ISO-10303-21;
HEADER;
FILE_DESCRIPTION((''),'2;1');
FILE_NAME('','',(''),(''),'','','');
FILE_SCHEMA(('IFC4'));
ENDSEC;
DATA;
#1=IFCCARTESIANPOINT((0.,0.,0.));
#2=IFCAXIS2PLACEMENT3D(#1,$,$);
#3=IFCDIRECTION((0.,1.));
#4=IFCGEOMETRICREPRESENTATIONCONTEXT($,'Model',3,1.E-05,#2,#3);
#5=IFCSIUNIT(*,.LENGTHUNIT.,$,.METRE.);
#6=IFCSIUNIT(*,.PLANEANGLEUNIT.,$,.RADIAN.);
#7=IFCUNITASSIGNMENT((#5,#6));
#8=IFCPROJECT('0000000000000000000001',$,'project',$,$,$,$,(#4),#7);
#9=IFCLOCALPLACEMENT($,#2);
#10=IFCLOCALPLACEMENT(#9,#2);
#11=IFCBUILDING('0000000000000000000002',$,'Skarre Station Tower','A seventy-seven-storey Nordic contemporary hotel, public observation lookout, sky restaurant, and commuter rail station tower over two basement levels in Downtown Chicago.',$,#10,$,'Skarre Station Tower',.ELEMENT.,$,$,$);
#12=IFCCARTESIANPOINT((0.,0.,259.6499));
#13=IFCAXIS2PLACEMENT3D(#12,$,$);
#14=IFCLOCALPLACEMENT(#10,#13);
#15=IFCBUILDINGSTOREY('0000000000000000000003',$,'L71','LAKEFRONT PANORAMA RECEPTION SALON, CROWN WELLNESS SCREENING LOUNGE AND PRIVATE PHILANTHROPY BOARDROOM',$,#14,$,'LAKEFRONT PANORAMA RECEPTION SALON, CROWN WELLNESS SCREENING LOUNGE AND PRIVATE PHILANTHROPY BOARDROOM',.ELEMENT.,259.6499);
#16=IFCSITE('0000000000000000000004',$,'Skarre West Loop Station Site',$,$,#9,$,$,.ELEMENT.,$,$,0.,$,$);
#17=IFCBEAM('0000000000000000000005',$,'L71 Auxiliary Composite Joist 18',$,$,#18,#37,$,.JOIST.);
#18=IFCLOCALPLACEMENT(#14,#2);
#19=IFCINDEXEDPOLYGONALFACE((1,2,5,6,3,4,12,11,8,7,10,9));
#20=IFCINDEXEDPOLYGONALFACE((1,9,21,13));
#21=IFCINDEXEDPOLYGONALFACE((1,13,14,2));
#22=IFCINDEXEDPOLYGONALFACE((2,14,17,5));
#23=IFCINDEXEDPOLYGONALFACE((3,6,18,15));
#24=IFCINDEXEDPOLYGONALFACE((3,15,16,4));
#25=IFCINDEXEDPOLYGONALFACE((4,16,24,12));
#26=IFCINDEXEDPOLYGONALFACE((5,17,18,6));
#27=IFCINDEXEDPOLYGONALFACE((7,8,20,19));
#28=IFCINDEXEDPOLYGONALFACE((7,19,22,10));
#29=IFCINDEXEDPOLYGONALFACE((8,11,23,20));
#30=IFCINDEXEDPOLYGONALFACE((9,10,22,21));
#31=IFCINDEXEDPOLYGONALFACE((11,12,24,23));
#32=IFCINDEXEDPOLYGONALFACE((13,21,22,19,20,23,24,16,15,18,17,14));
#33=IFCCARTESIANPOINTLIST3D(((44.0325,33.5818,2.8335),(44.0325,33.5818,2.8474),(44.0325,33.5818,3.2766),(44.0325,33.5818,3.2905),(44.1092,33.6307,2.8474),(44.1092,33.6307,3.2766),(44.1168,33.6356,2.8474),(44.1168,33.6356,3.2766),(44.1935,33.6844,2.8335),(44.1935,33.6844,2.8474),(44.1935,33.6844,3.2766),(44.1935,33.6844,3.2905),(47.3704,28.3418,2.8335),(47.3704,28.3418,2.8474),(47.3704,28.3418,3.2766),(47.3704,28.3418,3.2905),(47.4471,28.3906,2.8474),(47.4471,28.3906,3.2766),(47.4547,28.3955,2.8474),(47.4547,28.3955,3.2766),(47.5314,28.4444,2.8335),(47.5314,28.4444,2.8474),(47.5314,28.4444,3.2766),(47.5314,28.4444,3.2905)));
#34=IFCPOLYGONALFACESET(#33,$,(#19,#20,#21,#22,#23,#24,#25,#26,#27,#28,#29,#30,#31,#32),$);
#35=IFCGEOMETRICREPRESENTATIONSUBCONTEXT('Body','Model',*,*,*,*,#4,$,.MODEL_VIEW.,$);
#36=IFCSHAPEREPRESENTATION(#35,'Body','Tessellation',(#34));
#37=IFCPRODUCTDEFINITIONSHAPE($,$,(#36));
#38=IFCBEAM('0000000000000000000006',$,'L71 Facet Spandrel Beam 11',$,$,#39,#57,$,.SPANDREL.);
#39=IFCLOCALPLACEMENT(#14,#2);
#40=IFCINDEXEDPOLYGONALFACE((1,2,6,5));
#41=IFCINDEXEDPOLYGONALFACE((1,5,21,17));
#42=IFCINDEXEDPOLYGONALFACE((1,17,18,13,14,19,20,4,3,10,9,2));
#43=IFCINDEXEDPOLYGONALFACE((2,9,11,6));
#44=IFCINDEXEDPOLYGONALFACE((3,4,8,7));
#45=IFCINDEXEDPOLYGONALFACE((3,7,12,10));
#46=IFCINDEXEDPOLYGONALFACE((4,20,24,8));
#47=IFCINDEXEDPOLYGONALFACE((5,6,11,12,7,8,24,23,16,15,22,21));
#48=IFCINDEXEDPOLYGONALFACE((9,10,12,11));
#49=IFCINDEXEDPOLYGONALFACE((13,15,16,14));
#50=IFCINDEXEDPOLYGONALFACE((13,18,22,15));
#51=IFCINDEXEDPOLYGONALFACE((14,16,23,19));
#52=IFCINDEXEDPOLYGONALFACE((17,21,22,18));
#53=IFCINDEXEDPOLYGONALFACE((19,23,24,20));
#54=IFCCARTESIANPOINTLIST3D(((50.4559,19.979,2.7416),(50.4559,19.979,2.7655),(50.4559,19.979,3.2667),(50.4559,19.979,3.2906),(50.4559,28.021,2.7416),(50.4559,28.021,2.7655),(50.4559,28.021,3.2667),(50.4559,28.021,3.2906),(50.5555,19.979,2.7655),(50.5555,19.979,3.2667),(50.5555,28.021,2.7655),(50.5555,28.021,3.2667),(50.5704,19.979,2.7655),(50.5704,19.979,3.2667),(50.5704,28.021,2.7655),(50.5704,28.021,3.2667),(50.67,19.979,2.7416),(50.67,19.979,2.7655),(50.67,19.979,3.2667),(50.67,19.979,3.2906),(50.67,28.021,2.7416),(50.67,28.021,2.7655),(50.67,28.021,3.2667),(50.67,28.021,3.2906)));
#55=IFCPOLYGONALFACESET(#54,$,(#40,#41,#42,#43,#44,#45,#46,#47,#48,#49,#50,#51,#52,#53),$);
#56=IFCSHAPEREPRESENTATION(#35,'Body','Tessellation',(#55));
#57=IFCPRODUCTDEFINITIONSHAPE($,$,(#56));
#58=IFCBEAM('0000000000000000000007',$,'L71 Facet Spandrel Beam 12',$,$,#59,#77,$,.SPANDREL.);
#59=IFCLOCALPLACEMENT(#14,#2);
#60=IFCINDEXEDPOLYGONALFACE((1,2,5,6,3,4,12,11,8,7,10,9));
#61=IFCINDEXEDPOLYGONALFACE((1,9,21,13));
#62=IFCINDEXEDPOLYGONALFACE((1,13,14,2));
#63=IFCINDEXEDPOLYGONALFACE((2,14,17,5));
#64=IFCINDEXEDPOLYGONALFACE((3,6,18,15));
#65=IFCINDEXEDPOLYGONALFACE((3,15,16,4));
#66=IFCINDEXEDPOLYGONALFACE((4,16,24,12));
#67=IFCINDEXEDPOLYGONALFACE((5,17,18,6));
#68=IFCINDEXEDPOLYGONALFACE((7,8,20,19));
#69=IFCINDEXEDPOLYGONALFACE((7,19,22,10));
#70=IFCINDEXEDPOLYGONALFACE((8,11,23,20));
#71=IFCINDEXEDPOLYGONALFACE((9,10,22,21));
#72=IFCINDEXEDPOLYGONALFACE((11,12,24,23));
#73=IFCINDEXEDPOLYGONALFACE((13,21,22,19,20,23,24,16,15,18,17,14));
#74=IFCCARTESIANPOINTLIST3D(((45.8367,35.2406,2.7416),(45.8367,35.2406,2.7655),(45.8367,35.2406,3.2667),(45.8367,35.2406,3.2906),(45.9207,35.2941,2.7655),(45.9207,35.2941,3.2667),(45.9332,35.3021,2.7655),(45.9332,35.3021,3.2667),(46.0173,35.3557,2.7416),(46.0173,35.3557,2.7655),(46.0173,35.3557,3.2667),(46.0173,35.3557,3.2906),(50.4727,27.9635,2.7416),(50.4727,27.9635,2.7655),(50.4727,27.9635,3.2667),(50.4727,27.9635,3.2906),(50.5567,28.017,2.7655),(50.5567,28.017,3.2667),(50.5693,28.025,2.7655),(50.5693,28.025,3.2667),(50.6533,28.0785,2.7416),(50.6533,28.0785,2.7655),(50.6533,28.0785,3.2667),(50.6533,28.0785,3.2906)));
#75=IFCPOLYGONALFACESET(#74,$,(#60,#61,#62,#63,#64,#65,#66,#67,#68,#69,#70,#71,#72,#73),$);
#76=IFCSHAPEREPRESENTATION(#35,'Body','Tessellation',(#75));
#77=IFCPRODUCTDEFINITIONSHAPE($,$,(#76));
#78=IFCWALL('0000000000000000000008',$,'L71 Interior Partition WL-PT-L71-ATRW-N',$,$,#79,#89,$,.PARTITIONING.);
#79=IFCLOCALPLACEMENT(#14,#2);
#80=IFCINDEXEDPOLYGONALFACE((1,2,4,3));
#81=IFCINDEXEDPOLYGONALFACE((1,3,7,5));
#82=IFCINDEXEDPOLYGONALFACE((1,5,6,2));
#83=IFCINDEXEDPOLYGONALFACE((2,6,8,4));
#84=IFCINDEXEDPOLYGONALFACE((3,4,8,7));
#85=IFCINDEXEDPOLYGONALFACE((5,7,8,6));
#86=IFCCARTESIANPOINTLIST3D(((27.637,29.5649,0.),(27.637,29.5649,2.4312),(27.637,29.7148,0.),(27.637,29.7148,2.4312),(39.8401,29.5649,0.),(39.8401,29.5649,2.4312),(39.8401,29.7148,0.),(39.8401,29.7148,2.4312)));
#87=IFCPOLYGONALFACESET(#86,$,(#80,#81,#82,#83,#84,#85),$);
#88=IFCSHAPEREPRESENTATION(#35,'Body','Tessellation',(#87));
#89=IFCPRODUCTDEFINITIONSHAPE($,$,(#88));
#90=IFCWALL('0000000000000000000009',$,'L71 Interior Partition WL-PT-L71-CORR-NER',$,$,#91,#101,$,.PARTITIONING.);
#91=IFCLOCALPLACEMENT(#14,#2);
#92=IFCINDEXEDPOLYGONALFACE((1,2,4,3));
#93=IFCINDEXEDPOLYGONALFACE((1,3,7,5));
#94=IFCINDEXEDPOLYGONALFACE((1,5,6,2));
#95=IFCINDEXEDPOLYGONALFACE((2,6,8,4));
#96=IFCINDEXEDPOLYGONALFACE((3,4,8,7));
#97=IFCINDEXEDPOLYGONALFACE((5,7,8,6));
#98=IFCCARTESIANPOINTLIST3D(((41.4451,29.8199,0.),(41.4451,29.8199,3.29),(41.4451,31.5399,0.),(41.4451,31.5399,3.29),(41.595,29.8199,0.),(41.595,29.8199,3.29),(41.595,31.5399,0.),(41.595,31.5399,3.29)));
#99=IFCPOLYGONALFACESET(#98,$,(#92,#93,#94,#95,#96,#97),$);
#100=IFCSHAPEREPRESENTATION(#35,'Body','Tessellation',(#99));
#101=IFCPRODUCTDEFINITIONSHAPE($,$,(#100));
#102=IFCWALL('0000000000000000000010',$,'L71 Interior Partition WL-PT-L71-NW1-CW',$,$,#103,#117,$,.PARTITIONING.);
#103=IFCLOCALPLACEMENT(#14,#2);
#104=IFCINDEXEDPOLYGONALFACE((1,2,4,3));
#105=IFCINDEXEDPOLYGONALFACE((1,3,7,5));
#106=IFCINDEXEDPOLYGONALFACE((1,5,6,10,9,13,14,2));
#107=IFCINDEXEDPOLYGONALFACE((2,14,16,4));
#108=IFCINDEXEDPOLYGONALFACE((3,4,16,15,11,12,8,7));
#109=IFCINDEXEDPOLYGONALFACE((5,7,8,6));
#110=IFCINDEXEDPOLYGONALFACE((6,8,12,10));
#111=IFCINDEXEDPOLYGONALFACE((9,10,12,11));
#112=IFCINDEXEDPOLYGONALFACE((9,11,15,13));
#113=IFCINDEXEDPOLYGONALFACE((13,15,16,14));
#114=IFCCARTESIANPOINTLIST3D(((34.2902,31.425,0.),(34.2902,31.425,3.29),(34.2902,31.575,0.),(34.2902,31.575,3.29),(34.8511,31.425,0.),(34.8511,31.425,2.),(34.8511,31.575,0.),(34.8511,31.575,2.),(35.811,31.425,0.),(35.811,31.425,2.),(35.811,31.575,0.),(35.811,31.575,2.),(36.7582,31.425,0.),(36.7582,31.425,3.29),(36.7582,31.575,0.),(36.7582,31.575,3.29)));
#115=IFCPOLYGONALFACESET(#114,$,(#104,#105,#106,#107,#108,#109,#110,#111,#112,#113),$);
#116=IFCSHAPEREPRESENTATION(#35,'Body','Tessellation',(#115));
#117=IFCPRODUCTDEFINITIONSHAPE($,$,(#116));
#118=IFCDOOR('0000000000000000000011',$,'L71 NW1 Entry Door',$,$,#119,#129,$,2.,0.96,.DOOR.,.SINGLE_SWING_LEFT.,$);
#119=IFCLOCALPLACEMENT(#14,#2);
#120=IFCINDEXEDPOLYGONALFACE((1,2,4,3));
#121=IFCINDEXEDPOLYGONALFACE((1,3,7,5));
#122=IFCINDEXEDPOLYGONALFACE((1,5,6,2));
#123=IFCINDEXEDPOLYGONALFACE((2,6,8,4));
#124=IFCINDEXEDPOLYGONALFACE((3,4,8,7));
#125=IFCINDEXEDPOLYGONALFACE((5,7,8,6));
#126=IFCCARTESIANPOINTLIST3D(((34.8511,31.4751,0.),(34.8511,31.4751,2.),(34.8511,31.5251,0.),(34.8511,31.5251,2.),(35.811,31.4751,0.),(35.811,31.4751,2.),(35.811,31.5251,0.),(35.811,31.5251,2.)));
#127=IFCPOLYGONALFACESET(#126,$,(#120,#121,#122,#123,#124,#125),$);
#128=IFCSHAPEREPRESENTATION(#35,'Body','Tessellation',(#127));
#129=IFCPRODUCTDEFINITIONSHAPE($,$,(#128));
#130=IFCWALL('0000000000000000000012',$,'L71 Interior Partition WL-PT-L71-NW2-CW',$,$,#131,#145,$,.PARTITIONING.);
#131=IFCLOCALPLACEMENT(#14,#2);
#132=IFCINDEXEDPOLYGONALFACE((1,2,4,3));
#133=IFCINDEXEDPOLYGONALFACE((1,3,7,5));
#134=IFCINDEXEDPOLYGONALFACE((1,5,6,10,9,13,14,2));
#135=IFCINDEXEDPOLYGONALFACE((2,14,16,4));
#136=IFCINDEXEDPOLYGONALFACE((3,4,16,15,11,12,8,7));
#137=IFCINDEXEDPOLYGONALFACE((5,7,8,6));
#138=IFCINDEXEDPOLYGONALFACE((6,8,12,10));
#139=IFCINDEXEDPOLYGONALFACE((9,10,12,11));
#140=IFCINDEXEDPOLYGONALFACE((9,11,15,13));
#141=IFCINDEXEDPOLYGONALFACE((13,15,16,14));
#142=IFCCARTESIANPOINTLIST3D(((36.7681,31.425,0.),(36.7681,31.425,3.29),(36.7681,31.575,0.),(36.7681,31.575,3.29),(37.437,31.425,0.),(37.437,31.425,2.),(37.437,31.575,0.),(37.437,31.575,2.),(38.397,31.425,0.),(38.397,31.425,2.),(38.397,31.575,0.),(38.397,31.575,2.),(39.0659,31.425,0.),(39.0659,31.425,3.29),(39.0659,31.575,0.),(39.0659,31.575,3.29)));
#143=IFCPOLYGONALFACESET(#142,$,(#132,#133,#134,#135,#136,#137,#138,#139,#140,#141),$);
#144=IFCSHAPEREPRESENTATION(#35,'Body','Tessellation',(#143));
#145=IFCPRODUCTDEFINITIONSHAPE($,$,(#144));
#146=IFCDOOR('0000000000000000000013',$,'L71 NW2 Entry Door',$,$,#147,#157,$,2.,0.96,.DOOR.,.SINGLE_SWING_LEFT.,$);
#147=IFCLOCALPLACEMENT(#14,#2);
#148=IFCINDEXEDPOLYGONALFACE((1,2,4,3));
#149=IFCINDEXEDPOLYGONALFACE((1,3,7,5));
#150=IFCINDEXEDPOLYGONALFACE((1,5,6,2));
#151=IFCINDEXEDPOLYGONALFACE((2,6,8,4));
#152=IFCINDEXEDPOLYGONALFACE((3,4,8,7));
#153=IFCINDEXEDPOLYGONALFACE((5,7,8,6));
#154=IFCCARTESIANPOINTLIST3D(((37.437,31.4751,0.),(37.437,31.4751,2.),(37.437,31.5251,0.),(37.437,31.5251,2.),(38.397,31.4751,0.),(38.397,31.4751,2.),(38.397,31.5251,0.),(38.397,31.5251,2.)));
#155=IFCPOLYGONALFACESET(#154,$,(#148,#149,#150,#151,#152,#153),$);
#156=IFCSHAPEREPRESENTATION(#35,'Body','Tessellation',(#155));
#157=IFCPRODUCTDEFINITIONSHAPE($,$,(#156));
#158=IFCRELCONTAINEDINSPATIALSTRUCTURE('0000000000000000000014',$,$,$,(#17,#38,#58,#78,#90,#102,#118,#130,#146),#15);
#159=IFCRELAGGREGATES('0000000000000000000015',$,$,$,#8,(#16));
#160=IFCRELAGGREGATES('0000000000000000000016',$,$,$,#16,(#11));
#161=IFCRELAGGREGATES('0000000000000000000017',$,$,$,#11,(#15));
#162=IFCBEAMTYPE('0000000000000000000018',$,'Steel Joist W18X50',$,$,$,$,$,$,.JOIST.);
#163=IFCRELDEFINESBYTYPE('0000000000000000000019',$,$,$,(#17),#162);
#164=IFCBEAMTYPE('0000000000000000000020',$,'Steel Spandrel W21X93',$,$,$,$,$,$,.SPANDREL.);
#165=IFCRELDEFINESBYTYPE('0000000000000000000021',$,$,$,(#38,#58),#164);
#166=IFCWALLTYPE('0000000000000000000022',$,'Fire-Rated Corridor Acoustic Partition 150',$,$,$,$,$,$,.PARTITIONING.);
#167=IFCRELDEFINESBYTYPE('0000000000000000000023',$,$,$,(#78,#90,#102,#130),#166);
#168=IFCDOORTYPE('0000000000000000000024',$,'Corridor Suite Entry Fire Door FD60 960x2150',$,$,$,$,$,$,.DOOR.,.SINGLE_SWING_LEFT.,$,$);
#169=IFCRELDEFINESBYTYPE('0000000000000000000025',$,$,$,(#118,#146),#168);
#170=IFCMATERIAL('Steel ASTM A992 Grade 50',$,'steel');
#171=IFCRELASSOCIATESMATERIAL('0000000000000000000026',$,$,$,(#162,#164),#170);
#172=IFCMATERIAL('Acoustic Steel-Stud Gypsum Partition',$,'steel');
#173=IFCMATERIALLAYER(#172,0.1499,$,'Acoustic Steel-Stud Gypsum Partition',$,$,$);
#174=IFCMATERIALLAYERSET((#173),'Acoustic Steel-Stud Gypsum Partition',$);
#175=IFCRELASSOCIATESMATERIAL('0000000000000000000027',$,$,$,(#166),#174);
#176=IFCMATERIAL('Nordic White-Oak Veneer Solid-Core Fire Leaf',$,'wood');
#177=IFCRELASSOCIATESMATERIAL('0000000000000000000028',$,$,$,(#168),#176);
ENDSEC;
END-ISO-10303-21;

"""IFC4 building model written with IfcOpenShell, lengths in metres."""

from ifc_helpers import new_model, si_unit, direction, frame, frame_2d, origin, origin_2d, place, context, subcontext, project, spatial, rectangle, i_section, extrude, material, layer, layer_set, material_profile, profile_set, type_object, element, fill, save


model = new_model("IFC4")

# Units and contexts
model_context = context("Model", 3, precision=1e-05, world=origin(), true_north=direction((0.0, 1.0)))
body_context = subcontext(model_context, "Body", "Model", "MODEL_VIEW")
ifc_project = project(units=[si_unit("LENGTHUNIT", "METRE"), si_unit("PLANEANGLEUNIT", "RADIAN")], contexts=[model_context])

# Site, building, storey
site_placement = place(None, origin())
site = spatial("IfcSite", under=ifc_project, at=site_placement, Name="Skarre West Loop Station Site", CompositionType="ELEMENT", RefElevation=0.0)
building_placement = place(site_placement, origin())
building = spatial("IfcBuilding", under=site, at=building_placement, Name="Skarre Station Tower", Description="A seventy-seven-storey Nordic contemporary hotel, public observation lookout, sky restaurant, and commuter rail station tower over two basement levels in Downtown Chicago.", LongName="Skarre Station Tower", CompositionType="ELEMENT")
storey_placement = place(building_placement, frame((0.0, 0.0, 259.6499)))
storey = spatial("IfcBuildingStorey", under=building, at=storey_placement, Name="L71", Description="LAKEFRONT PANORAMA RECEPTION SALON, CROWN WELLNESS SCREENING LOUNGE AND PRIVATE PHILANTHROPY BOARDROOM", LongName="LAKEFRONT PANORAMA RECEPTION SALON, CROWN WELLNESS SCREENING LOUNGE AND PRIVATE PHILANTHROPY BOARDROOM", CompositionType="ELEMENT", Elevation=259.6499)

# Beams
ifc_material_1 = material(Name="Steel ASTM A992 Grade 50", Category="steel")
ifc_material_profile_1 = material_profile(ifc_material_1, i_section(OverallWidth=0.1909, OverallDepth=0.457, WebThickness=0.009, FlangeThickness=0.0139, at=origin_2d()), Name="Steel ASTM A992 Grade 50")
ifc_profile_set_1 = profile_set([ifc_material_profile_1], Name="Steel ASTM A992 Grade 50")
beam_type_1 = type_object("IfcBeamType", Name="Steel Joist W18X50", PredefinedType="JOIST", material=ifc_profile_set_1)
beam_1_placement = place(storey_placement, frame((47.4509, 28.3931, 3.062), z_axis=(-0.537259, 0.843417, 0.0), x_axis=(-0.843417, -0.537259, 0.0)))
element("IfcBeam", 1, at=beam_1_placement, inside=storey, type_object=beam_type_1, Name="L71 Auxiliary Composite Joist 18", PredefinedType="JOIST", context=body_context, shape_type="SweptSolid", body=[
    extrude(i_section(OverallWidth=0.1909, OverallDepth=0.457, WebThickness=0.009, FlangeThickness=0.0139, at=origin_2d()), origin(), (0.0, 0.0, 1.0), 6.2129),
])
ifc_material_profile_2 = material_profile(ifc_material_1, i_section(OverallWidth=0.2141, OverallDepth=0.5491, WebThickness=0.0149, FlangeThickness=0.0239, at=origin_2d()), Name="Steel ASTM A992 Grade 50")
ifc_profile_set_2 = profile_set([ifc_material_profile_2], Name="Steel ASTM A992 Grade 50")
beam_type_2 = type_object("IfcBeamType", Name="Steel Spandrel W21X93", PredefinedType="SPANDREL", material=ifc_profile_set_2)
beam_2_placement = place(storey_placement, frame((50.563, 19.979, 3.0161), z_axis=(0.0, 1.0, 0.0), x_axis=(-1.0, 0.0, 0.0)))
element("IfcBeam", 2, at=beam_2_placement, inside=storey, type_object=beam_type_2, Name="L71 Facet Spandrel Beam 11", PredefinedType="SPANDREL", context=body_context, shape_type="SweptSolid", body=[
    extrude(i_section(OverallWidth=0.2141, OverallDepth=0.5491, WebThickness=0.0149, FlangeThickness=0.0239, at=origin_2d()), origin(), (0.0, 0.0, 1.0), 8.042),
])
beam_3_placement = place(storey_placement, frame((50.563, 28.021, 3.0161), z_axis=(-0.537297, 0.843393, 0.0), x_axis=(-0.843393, -0.537297, 0.0)))
element("IfcBeam", 3, at=beam_3_placement, inside=storey, type_object=beam_type_2, Name="L71 Facet Spandrel Beam 12", PredefinedType="SPANDREL", context=body_context, shape_type="SweptSolid", body=[
    extrude(i_section(OverallWidth=0.2141, OverallDepth=0.5491, WebThickness=0.0149, FlangeThickness=0.0239, at=origin_2d()), origin(), (0.0, 0.0, 1.0), 8.6284),
])

# Walls
ifc_material_2 = material(Name="Acoustic Steel-Stud Gypsum Partition", Category="steel")
ifc_layer_1 = layer(ifc_material_2, 0.1499, Name="Acoustic Steel-Stud Gypsum Partition")
ifc_layer_set_1 = layer_set([ifc_layer_1], Name="Acoustic Steel-Stud Gypsum Partition")
wall_type_1 = type_object("IfcWallType", Name="Fire-Rated Corridor Acoustic Partition 150", PredefinedType="PARTITIONING", material=ifc_layer_set_1)
wall_1_placement = place(storey_placement, frame((39.8401, 29.6399, 0.0), z_axis=(0.0, 0.0, 1.0), x_axis=(-1.0, 0.0, 0.0)))
element("IfcWall", 4, at=wall_1_placement, inside=storey, type_object=wall_type_1, Name="L71 Interior Partition WL-PT-L71-ATRW-N", PredefinedType="PARTITIONING", context=body_context, shape_type="SweptSolid", body=[
    extrude(rectangle(XDim=12.2031, YDim=0.1499, at=frame_2d((6.1016, 0.0))), origin(), (0.0, 0.0, 1.0), 2.4312),
])
wall_2_placement = place(storey_placement, frame((41.52, 29.8201, 0.0), z_axis=(0.0, 0.0, 1.0), x_axis=(0.0, 1.0, 0.0)))
element("IfcWall", 5, at=wall_2_placement, inside=storey, type_object=wall_type_1, Name="L71 Interior Partition WL-PT-L71-CORR-NER", PredefinedType="PARTITIONING", context=body_context, shape_type="SweptSolid", body=[
    extrude(rectangle(XDim=1.72, YDim=0.1499, at=frame_2d((0.8599, 0.0))), origin(), (0.0, 0.0, 1.0), 3.29),
])

# Walls, openings, doors
wall_3_placement = place(storey_placement, frame((36.7581, 31.5, 0.0), z_axis=(0.0, 0.0, 1.0), x_axis=(-1.0, 0.0, 0.0)))
wall_3 = element("IfcWall", 6, at=wall_3_placement, inside=storey, type_object=wall_type_1, Name="L71 Interior Partition WL-PT-L71-NW1-CW", PredefinedType="PARTITIONING", context=body_context, shape_type="SweptSolid", body=[
    extrude(rectangle(XDim=2.468, YDim=0.1499, at=frame_2d((1.2339, 0.0))), origin(), (0.0, 0.0, 1.0), 3.29),
])
opening_1_placement = place(wall_3_placement, frame((0.947, 0.0, 0.0)))
opening_1 = element("IfcOpeningElement", 7, at=opening_1_placement, cuts=wall_3, PredefinedType="OPENING", context=body_context, shape_type="SweptSolid", body=[
    extrude(rectangle(XDim=0.96, YDim=2.0, at=frame_2d((0.48, 1.0))), frame((0.0, 0.085, 0.0), z_axis=(0.0, -1.0, 0.0), x_axis=(1.0, 0.0, 0.0)), (0.0, 0.0, 1.0), 0.1699),
])
ifc_material_3 = material(Name="Nordic White-Oak Veneer Solid-Core Fire Leaf", Category="wood")
door_type_1 = type_object("IfcDoorType", Name="Corridor Suite Entry Fire Door FD60 960x2150", OperationType="SINGLE_SWING_LEFT", PredefinedType="DOOR", material=ifc_material_3)
door_1_placement = place(opening_1_placement, origin())
door_1 = element("IfcDoor", 8, at=door_1_placement, inside=storey, type_object=door_type_1, Name="L71 NW1 Entry Door", OperationType="SINGLE_SWING_LEFT", OverallHeight=2.0, OverallWidth=0.96, PredefinedType="DOOR", context=body_context, shape_type="SweptSolid", body=[
    extrude(rectangle(XDim=0.96, YDim=2.0, at=frame_2d((0.48, 1.0))), frame((0.0, 0.0249, 0.0), z_axis=(0.0, -1.0, 0.0), x_axis=(1.0, 0.0, 0.0)), (0.0, 0.0, 1.0), 0.05),
])
fill(opening_1, door_1)
wall_4_placement = place(storey_placement, frame((39.0659, 31.5, 0.0), z_axis=(0.0, 0.0, 1.0), x_axis=(-1.0, 0.0, 0.0)))
wall_4 = element("IfcWall", 9, at=wall_4_placement, inside=storey, type_object=wall_type_1, Name="L71 Interior Partition WL-PT-L71-NW2-CW", PredefinedType="PARTITIONING", context=body_context, shape_type="SweptSolid", body=[
    extrude(rectangle(XDim=2.2979, YDim=0.1499, at=frame_2d((1.1489, 0.0))), origin(), (0.0, 0.0, 1.0), 3.29),
])
opening_2_placement = place(wall_4_placement, frame((0.6689, 0.0, 0.0)))
opening_2 = element("IfcOpeningElement", 10, at=opening_2_placement, cuts=wall_4, PredefinedType="OPENING", context=body_context, shape_type="SweptSolid", body=[
    extrude(rectangle(XDim=0.96, YDim=2.0, at=frame_2d((0.48, 1.0))), frame((0.0, 0.085, 0.0), z_axis=(0.0, -1.0, 0.0), x_axis=(1.0, 0.0, 0.0)), (0.0, 0.0, 1.0), 0.1699),
])
door_2_placement = place(opening_2_placement, origin())
door_2 = element("IfcDoor", 11, at=door_2_placement, inside=storey, type_object=door_type_1, Name="L71 NW2 Entry Door", OperationType="SINGLE_SWING_LEFT", OverallHeight=2.0, OverallWidth=0.96, PredefinedType="DOOR", context=body_context, shape_type="SweptSolid", body=[
    extrude(rectangle(XDim=0.96, YDim=2.0, at=frame_2d((0.48, 1.0))), frame((0.0, 0.0249, 0.0), z_axis=(0.0, -1.0, 0.0), x_axis=(1.0, 0.0, 0.0)), (0.0, 0.0, 1.0), 0.05),
])
fill(opening_2, door_2)

save(model, "model.ifc")
